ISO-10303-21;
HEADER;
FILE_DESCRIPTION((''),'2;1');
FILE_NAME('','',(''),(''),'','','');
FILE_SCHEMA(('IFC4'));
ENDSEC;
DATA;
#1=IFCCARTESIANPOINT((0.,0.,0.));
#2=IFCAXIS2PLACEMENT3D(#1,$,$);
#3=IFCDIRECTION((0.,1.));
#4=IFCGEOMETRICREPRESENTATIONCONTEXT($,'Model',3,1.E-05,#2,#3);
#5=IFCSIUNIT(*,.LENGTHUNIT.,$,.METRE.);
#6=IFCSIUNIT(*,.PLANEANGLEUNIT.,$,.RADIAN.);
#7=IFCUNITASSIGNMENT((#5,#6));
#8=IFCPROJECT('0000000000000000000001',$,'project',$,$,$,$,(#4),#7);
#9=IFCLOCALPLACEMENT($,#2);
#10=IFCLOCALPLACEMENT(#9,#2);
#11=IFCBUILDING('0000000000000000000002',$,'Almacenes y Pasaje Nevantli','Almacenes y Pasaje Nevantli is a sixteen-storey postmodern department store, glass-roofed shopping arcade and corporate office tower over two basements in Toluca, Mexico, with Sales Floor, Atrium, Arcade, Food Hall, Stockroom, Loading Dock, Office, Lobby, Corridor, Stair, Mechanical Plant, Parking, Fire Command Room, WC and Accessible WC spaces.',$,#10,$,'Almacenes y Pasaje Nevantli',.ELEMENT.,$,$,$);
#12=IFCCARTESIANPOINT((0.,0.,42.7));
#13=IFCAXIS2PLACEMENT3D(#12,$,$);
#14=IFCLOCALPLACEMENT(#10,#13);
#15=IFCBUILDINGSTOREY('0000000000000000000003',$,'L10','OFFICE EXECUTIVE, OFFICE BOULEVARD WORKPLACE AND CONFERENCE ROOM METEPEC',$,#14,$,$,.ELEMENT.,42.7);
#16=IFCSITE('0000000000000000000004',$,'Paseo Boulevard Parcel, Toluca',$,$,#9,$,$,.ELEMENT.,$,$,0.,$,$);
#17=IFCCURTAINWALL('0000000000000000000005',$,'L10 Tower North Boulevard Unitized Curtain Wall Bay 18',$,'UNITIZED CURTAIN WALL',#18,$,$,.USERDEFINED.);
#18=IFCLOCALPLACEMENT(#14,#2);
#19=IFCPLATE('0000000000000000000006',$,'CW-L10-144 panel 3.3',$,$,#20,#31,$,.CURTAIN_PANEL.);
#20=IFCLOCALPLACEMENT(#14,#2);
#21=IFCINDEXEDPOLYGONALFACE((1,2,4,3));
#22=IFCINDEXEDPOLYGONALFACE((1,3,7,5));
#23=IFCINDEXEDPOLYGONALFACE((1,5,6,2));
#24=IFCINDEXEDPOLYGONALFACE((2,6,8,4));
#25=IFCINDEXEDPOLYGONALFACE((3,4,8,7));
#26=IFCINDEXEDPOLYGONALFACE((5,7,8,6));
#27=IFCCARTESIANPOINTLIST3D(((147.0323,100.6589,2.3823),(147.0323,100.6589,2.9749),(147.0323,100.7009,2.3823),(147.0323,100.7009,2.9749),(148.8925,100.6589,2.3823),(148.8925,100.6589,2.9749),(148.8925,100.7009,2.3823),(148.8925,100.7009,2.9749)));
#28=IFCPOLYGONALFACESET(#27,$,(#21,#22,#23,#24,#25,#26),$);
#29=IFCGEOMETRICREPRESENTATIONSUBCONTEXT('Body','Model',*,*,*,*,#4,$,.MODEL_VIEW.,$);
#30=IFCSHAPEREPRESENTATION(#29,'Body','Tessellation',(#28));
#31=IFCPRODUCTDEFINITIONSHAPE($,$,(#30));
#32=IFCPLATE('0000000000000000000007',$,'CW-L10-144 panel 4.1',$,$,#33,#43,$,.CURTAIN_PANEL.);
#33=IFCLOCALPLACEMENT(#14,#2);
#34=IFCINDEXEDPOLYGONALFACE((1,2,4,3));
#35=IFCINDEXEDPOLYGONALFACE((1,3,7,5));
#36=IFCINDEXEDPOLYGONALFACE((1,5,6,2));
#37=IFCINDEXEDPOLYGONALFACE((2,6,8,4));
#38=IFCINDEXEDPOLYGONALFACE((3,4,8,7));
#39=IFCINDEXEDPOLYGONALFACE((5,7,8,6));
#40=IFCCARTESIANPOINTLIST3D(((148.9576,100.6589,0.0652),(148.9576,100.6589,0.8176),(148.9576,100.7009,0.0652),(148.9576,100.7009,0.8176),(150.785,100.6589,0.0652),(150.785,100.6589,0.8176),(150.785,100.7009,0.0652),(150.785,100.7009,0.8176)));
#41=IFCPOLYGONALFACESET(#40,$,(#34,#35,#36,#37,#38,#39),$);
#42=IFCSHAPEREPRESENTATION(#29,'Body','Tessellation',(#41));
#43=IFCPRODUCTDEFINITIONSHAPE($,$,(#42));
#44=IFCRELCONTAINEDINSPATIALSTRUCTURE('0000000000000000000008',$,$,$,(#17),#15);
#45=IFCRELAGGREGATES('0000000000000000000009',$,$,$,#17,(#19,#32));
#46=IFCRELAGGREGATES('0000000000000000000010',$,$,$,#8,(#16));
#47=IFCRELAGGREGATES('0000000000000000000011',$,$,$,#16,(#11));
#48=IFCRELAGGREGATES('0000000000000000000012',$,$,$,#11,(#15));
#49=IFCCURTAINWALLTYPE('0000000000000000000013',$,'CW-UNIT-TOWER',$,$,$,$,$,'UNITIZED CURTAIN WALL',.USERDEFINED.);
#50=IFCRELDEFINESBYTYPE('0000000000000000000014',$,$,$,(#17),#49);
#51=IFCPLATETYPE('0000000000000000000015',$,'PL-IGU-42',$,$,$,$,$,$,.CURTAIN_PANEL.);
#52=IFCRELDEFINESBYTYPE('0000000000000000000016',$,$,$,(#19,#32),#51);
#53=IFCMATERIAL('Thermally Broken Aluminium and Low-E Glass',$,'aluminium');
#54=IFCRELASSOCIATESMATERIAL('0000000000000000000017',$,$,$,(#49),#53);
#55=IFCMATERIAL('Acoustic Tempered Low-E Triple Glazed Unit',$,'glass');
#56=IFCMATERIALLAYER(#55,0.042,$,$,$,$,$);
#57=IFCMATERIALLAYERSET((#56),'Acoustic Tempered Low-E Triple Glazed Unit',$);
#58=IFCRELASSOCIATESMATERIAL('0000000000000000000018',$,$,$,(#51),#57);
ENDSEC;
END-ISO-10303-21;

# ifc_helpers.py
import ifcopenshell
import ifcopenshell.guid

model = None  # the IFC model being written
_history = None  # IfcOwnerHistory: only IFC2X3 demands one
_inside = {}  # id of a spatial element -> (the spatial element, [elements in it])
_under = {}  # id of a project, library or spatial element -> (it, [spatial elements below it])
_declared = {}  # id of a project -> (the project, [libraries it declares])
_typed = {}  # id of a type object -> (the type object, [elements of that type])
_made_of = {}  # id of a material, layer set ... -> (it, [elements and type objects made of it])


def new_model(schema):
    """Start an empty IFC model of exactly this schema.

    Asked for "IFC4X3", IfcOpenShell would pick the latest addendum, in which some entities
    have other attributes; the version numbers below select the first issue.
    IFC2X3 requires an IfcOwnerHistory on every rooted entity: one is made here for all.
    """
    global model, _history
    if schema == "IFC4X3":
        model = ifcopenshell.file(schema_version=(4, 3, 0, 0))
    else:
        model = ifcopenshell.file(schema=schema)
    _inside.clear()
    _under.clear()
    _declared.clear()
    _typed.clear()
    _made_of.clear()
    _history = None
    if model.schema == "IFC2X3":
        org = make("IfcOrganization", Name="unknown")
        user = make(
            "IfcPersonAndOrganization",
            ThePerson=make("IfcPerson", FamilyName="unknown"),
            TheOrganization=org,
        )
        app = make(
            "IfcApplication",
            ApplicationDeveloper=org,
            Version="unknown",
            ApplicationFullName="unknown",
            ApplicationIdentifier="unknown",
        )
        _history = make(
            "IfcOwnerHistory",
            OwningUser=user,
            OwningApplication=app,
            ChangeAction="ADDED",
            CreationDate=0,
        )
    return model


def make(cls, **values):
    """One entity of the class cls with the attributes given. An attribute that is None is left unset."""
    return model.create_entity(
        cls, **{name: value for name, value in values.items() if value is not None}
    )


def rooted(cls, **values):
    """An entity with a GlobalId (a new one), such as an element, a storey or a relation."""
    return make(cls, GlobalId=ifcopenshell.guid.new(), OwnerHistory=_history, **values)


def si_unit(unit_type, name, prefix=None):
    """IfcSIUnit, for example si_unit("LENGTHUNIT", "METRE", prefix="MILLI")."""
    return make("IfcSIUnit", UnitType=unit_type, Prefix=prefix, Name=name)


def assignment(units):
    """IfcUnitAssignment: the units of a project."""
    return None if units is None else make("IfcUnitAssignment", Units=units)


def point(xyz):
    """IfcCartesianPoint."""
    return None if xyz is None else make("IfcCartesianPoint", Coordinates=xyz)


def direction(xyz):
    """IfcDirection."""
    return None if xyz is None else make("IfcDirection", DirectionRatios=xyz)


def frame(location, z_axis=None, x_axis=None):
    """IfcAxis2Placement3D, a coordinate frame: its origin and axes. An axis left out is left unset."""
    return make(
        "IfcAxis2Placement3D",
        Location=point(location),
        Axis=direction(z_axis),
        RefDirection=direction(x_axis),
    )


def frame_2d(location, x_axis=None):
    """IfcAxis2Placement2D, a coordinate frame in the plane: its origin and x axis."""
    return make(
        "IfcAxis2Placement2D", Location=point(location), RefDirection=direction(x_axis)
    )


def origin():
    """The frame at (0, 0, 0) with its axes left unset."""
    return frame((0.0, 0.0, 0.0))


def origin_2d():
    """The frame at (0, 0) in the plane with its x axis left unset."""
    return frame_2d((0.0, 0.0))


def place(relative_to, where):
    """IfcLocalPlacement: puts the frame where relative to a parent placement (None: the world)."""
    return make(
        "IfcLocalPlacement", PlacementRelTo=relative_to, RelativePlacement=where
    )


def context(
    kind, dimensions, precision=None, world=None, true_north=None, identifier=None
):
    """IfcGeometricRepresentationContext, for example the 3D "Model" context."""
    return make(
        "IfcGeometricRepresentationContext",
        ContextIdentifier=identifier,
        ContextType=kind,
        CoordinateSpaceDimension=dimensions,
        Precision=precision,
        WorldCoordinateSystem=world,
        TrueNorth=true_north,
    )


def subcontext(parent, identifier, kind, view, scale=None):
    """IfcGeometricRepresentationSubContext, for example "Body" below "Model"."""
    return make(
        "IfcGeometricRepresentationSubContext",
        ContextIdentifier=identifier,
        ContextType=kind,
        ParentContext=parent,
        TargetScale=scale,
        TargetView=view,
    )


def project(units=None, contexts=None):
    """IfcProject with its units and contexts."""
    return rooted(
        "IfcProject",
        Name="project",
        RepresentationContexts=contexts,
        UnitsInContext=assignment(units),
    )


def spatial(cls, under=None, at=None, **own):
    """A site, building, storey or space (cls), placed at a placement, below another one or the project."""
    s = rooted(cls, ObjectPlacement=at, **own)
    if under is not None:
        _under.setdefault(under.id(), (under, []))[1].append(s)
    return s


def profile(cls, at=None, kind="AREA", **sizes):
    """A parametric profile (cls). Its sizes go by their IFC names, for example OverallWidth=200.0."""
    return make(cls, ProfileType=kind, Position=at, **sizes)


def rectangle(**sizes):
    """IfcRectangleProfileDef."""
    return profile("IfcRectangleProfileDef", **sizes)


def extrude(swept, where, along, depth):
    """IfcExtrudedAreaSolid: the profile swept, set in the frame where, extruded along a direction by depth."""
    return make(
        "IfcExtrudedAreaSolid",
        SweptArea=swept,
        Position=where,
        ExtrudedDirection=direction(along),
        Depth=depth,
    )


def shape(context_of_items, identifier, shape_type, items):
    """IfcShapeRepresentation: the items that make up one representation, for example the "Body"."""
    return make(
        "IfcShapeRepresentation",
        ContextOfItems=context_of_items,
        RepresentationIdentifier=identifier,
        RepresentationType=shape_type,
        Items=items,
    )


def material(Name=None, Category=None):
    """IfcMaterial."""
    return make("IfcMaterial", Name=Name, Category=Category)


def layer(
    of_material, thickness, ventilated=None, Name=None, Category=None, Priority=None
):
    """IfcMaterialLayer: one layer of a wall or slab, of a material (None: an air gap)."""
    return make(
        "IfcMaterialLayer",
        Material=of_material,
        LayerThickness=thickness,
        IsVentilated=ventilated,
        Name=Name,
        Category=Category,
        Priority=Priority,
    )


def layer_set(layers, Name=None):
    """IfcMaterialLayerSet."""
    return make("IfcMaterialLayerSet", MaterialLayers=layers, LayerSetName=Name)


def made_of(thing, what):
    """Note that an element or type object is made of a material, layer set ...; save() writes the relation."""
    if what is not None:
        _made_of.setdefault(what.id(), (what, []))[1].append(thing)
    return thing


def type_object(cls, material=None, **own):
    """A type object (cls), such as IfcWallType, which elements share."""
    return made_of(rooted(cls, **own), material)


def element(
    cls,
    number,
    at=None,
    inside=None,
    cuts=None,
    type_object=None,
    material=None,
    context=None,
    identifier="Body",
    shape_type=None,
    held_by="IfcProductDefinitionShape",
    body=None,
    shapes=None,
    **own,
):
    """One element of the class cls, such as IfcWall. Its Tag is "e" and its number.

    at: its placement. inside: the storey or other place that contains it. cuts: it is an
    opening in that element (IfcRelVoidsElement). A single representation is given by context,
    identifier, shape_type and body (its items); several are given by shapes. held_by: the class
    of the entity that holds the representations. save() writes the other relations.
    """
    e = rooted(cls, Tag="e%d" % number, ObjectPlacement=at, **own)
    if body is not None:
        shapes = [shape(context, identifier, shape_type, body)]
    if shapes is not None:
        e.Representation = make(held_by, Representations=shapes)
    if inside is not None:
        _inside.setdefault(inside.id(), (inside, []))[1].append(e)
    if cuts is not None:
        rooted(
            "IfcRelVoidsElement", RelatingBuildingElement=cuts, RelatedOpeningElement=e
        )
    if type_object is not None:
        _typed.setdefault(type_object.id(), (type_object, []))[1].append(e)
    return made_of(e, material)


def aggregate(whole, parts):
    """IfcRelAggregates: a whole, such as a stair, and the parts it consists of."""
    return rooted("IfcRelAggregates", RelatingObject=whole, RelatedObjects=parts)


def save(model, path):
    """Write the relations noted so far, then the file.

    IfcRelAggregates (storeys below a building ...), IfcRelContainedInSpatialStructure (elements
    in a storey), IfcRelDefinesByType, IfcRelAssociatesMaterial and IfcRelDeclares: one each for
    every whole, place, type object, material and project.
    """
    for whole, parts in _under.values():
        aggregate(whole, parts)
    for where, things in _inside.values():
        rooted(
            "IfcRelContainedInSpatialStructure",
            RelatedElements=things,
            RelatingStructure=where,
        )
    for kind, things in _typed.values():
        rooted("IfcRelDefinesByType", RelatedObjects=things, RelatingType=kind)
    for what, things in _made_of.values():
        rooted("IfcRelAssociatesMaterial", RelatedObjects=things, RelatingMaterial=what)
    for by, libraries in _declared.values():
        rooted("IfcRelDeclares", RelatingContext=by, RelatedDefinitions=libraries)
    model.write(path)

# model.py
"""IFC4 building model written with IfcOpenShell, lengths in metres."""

from ifc_helpers import new_model, si_unit, direction, frame, origin, origin_2d, place, context, subcontext, project, spatial, rectangle, extrude, material, layer, layer_set, type_object, element, aggregate, save


model = new_model("IFC4")

# Units and contexts
model_context = context("Model", 3, precision=1e-05, world=origin(), true_north=direction((0.0, 1.0)))
body_context = subcontext(model_context, "Body", "Model", "MODEL_VIEW")
ifc_project = project(units=[si_unit("LENGTHUNIT", "METRE"), si_unit("PLANEANGLEUNIT", "RADIAN")], contexts=[model_context])

# Site, building, storey
site_placement = place(None, origin())
site = spatial("IfcSite", under=ifc_project, at=site_placement, Name="Paseo Boulevard Parcel, Toluca", CompositionType="ELEMENT", RefElevation=0.0)
building_placement = place(site_placement, origin())
building = spatial("IfcBuilding", under=site, at=building_placement, Name="Almacenes y Pasaje Nevantli", Description="Almacenes y Pasaje Nevantli is a sixteen-storey postmodern department store, glass-roofed shopping arcade and corporate office tower over two basements in Toluca, Mexico, with Sales Floor, Atrium, Arcade, Food Hall, Stockroom, Loading Dock, Office, Lobby, Corridor, Stair, Mechanical Plant, Parking, Fire Command Room, WC and Accessible WC spaces.", LongName="Almacenes y Pasaje Nevantli", CompositionType="ELEMENT")
storey_placement = place(building_placement, frame((0.0, 0.0, 42.7)))
storey = spatial("IfcBuildingStorey", under=building, at=storey_placement, Name="L10", Description="OFFICE EXECUTIVE, OFFICE BOULEVARD WORKPLACE AND CONFERENCE ROOM METEPEC", CompositionType="ELEMENT", Elevation=42.7)

# Curtain wall, plates
ifc_material_1 = material(Name="Thermally Broken Aluminium and Low-E Glass", Category="aluminium")
curtain_wall_type = type_object("IfcCurtainWallType", Name="CW-UNIT-TOWER", ElementType="UNITIZED CURTAIN WALL", PredefinedType="USERDEFINED", material=ifc_material_1)
curtain_wall_placement = place(storey_placement, origin())
curtain_wall = element("IfcCurtainWall", 1, at=curtain_wall_placement, inside=storey, type_object=curtain_wall_type, Name="L10 Tower North Boulevard Unitized Curtain Wall Bay 18", ObjectType="UNITIZED CURTAIN WALL", PredefinedType="USERDEFINED")
ifc_material_2 = material(Name="Acoustic Tempered Low-E Triple Glazed Unit", Category="glass")
ifc_layer = layer(ifc_material_2, 0.042)
ifc_layer_set = layer_set([ifc_layer], Name="Acoustic Tempered Low-E Triple Glazed Unit")
plate_type = type_object("IfcPlateType", Name="PL-IGU-42", PredefinedType="CURTAIN_PANEL", material=ifc_layer_set)
plate_1_placement = place(storey_placement, frame((147.9624, 100.6799, 2.3823), z_axis=(0.0, 0.0, 1.0), x_axis=(1.0, 0.0, 0.0)))
plate_1 = element("IfcPlate", 2, at=plate_1_placement, type_object=plate_type, Name="CW-L10-144 panel 3.3", PredefinedType="CURTAIN_PANEL", context=body_context, shape_type="SweptSolid", body=[
    extrude(rectangle(XDim=1.8601, YDim=0.042, at=origin_2d()), origin(), (0.0, 0.0, 1.0), 0.5925),
])
plate_2_placement = place(storey_placement, frame((149.8713, 100.6799, 0.0652), z_axis=(0.0, 0.0, 1.0), x_axis=(1.0, 0.0, 0.0)))
plate_2 = element("IfcPlate", 3, at=plate_2_placement, type_object=plate_type, Name="CW-L10-144 panel 4.1", PredefinedType="CURTAIN_PANEL", context=body_context, shape_type="SweptSolid", body=[
    extrude(rectangle(XDim=1.8274, YDim=0.042, at=origin_2d()), origin(), (0.0, 0.0, 1.0), 0.7524),
])
aggregate(curtain_wall, [plate_1, plate_2])

save(model, "model.ifc")
